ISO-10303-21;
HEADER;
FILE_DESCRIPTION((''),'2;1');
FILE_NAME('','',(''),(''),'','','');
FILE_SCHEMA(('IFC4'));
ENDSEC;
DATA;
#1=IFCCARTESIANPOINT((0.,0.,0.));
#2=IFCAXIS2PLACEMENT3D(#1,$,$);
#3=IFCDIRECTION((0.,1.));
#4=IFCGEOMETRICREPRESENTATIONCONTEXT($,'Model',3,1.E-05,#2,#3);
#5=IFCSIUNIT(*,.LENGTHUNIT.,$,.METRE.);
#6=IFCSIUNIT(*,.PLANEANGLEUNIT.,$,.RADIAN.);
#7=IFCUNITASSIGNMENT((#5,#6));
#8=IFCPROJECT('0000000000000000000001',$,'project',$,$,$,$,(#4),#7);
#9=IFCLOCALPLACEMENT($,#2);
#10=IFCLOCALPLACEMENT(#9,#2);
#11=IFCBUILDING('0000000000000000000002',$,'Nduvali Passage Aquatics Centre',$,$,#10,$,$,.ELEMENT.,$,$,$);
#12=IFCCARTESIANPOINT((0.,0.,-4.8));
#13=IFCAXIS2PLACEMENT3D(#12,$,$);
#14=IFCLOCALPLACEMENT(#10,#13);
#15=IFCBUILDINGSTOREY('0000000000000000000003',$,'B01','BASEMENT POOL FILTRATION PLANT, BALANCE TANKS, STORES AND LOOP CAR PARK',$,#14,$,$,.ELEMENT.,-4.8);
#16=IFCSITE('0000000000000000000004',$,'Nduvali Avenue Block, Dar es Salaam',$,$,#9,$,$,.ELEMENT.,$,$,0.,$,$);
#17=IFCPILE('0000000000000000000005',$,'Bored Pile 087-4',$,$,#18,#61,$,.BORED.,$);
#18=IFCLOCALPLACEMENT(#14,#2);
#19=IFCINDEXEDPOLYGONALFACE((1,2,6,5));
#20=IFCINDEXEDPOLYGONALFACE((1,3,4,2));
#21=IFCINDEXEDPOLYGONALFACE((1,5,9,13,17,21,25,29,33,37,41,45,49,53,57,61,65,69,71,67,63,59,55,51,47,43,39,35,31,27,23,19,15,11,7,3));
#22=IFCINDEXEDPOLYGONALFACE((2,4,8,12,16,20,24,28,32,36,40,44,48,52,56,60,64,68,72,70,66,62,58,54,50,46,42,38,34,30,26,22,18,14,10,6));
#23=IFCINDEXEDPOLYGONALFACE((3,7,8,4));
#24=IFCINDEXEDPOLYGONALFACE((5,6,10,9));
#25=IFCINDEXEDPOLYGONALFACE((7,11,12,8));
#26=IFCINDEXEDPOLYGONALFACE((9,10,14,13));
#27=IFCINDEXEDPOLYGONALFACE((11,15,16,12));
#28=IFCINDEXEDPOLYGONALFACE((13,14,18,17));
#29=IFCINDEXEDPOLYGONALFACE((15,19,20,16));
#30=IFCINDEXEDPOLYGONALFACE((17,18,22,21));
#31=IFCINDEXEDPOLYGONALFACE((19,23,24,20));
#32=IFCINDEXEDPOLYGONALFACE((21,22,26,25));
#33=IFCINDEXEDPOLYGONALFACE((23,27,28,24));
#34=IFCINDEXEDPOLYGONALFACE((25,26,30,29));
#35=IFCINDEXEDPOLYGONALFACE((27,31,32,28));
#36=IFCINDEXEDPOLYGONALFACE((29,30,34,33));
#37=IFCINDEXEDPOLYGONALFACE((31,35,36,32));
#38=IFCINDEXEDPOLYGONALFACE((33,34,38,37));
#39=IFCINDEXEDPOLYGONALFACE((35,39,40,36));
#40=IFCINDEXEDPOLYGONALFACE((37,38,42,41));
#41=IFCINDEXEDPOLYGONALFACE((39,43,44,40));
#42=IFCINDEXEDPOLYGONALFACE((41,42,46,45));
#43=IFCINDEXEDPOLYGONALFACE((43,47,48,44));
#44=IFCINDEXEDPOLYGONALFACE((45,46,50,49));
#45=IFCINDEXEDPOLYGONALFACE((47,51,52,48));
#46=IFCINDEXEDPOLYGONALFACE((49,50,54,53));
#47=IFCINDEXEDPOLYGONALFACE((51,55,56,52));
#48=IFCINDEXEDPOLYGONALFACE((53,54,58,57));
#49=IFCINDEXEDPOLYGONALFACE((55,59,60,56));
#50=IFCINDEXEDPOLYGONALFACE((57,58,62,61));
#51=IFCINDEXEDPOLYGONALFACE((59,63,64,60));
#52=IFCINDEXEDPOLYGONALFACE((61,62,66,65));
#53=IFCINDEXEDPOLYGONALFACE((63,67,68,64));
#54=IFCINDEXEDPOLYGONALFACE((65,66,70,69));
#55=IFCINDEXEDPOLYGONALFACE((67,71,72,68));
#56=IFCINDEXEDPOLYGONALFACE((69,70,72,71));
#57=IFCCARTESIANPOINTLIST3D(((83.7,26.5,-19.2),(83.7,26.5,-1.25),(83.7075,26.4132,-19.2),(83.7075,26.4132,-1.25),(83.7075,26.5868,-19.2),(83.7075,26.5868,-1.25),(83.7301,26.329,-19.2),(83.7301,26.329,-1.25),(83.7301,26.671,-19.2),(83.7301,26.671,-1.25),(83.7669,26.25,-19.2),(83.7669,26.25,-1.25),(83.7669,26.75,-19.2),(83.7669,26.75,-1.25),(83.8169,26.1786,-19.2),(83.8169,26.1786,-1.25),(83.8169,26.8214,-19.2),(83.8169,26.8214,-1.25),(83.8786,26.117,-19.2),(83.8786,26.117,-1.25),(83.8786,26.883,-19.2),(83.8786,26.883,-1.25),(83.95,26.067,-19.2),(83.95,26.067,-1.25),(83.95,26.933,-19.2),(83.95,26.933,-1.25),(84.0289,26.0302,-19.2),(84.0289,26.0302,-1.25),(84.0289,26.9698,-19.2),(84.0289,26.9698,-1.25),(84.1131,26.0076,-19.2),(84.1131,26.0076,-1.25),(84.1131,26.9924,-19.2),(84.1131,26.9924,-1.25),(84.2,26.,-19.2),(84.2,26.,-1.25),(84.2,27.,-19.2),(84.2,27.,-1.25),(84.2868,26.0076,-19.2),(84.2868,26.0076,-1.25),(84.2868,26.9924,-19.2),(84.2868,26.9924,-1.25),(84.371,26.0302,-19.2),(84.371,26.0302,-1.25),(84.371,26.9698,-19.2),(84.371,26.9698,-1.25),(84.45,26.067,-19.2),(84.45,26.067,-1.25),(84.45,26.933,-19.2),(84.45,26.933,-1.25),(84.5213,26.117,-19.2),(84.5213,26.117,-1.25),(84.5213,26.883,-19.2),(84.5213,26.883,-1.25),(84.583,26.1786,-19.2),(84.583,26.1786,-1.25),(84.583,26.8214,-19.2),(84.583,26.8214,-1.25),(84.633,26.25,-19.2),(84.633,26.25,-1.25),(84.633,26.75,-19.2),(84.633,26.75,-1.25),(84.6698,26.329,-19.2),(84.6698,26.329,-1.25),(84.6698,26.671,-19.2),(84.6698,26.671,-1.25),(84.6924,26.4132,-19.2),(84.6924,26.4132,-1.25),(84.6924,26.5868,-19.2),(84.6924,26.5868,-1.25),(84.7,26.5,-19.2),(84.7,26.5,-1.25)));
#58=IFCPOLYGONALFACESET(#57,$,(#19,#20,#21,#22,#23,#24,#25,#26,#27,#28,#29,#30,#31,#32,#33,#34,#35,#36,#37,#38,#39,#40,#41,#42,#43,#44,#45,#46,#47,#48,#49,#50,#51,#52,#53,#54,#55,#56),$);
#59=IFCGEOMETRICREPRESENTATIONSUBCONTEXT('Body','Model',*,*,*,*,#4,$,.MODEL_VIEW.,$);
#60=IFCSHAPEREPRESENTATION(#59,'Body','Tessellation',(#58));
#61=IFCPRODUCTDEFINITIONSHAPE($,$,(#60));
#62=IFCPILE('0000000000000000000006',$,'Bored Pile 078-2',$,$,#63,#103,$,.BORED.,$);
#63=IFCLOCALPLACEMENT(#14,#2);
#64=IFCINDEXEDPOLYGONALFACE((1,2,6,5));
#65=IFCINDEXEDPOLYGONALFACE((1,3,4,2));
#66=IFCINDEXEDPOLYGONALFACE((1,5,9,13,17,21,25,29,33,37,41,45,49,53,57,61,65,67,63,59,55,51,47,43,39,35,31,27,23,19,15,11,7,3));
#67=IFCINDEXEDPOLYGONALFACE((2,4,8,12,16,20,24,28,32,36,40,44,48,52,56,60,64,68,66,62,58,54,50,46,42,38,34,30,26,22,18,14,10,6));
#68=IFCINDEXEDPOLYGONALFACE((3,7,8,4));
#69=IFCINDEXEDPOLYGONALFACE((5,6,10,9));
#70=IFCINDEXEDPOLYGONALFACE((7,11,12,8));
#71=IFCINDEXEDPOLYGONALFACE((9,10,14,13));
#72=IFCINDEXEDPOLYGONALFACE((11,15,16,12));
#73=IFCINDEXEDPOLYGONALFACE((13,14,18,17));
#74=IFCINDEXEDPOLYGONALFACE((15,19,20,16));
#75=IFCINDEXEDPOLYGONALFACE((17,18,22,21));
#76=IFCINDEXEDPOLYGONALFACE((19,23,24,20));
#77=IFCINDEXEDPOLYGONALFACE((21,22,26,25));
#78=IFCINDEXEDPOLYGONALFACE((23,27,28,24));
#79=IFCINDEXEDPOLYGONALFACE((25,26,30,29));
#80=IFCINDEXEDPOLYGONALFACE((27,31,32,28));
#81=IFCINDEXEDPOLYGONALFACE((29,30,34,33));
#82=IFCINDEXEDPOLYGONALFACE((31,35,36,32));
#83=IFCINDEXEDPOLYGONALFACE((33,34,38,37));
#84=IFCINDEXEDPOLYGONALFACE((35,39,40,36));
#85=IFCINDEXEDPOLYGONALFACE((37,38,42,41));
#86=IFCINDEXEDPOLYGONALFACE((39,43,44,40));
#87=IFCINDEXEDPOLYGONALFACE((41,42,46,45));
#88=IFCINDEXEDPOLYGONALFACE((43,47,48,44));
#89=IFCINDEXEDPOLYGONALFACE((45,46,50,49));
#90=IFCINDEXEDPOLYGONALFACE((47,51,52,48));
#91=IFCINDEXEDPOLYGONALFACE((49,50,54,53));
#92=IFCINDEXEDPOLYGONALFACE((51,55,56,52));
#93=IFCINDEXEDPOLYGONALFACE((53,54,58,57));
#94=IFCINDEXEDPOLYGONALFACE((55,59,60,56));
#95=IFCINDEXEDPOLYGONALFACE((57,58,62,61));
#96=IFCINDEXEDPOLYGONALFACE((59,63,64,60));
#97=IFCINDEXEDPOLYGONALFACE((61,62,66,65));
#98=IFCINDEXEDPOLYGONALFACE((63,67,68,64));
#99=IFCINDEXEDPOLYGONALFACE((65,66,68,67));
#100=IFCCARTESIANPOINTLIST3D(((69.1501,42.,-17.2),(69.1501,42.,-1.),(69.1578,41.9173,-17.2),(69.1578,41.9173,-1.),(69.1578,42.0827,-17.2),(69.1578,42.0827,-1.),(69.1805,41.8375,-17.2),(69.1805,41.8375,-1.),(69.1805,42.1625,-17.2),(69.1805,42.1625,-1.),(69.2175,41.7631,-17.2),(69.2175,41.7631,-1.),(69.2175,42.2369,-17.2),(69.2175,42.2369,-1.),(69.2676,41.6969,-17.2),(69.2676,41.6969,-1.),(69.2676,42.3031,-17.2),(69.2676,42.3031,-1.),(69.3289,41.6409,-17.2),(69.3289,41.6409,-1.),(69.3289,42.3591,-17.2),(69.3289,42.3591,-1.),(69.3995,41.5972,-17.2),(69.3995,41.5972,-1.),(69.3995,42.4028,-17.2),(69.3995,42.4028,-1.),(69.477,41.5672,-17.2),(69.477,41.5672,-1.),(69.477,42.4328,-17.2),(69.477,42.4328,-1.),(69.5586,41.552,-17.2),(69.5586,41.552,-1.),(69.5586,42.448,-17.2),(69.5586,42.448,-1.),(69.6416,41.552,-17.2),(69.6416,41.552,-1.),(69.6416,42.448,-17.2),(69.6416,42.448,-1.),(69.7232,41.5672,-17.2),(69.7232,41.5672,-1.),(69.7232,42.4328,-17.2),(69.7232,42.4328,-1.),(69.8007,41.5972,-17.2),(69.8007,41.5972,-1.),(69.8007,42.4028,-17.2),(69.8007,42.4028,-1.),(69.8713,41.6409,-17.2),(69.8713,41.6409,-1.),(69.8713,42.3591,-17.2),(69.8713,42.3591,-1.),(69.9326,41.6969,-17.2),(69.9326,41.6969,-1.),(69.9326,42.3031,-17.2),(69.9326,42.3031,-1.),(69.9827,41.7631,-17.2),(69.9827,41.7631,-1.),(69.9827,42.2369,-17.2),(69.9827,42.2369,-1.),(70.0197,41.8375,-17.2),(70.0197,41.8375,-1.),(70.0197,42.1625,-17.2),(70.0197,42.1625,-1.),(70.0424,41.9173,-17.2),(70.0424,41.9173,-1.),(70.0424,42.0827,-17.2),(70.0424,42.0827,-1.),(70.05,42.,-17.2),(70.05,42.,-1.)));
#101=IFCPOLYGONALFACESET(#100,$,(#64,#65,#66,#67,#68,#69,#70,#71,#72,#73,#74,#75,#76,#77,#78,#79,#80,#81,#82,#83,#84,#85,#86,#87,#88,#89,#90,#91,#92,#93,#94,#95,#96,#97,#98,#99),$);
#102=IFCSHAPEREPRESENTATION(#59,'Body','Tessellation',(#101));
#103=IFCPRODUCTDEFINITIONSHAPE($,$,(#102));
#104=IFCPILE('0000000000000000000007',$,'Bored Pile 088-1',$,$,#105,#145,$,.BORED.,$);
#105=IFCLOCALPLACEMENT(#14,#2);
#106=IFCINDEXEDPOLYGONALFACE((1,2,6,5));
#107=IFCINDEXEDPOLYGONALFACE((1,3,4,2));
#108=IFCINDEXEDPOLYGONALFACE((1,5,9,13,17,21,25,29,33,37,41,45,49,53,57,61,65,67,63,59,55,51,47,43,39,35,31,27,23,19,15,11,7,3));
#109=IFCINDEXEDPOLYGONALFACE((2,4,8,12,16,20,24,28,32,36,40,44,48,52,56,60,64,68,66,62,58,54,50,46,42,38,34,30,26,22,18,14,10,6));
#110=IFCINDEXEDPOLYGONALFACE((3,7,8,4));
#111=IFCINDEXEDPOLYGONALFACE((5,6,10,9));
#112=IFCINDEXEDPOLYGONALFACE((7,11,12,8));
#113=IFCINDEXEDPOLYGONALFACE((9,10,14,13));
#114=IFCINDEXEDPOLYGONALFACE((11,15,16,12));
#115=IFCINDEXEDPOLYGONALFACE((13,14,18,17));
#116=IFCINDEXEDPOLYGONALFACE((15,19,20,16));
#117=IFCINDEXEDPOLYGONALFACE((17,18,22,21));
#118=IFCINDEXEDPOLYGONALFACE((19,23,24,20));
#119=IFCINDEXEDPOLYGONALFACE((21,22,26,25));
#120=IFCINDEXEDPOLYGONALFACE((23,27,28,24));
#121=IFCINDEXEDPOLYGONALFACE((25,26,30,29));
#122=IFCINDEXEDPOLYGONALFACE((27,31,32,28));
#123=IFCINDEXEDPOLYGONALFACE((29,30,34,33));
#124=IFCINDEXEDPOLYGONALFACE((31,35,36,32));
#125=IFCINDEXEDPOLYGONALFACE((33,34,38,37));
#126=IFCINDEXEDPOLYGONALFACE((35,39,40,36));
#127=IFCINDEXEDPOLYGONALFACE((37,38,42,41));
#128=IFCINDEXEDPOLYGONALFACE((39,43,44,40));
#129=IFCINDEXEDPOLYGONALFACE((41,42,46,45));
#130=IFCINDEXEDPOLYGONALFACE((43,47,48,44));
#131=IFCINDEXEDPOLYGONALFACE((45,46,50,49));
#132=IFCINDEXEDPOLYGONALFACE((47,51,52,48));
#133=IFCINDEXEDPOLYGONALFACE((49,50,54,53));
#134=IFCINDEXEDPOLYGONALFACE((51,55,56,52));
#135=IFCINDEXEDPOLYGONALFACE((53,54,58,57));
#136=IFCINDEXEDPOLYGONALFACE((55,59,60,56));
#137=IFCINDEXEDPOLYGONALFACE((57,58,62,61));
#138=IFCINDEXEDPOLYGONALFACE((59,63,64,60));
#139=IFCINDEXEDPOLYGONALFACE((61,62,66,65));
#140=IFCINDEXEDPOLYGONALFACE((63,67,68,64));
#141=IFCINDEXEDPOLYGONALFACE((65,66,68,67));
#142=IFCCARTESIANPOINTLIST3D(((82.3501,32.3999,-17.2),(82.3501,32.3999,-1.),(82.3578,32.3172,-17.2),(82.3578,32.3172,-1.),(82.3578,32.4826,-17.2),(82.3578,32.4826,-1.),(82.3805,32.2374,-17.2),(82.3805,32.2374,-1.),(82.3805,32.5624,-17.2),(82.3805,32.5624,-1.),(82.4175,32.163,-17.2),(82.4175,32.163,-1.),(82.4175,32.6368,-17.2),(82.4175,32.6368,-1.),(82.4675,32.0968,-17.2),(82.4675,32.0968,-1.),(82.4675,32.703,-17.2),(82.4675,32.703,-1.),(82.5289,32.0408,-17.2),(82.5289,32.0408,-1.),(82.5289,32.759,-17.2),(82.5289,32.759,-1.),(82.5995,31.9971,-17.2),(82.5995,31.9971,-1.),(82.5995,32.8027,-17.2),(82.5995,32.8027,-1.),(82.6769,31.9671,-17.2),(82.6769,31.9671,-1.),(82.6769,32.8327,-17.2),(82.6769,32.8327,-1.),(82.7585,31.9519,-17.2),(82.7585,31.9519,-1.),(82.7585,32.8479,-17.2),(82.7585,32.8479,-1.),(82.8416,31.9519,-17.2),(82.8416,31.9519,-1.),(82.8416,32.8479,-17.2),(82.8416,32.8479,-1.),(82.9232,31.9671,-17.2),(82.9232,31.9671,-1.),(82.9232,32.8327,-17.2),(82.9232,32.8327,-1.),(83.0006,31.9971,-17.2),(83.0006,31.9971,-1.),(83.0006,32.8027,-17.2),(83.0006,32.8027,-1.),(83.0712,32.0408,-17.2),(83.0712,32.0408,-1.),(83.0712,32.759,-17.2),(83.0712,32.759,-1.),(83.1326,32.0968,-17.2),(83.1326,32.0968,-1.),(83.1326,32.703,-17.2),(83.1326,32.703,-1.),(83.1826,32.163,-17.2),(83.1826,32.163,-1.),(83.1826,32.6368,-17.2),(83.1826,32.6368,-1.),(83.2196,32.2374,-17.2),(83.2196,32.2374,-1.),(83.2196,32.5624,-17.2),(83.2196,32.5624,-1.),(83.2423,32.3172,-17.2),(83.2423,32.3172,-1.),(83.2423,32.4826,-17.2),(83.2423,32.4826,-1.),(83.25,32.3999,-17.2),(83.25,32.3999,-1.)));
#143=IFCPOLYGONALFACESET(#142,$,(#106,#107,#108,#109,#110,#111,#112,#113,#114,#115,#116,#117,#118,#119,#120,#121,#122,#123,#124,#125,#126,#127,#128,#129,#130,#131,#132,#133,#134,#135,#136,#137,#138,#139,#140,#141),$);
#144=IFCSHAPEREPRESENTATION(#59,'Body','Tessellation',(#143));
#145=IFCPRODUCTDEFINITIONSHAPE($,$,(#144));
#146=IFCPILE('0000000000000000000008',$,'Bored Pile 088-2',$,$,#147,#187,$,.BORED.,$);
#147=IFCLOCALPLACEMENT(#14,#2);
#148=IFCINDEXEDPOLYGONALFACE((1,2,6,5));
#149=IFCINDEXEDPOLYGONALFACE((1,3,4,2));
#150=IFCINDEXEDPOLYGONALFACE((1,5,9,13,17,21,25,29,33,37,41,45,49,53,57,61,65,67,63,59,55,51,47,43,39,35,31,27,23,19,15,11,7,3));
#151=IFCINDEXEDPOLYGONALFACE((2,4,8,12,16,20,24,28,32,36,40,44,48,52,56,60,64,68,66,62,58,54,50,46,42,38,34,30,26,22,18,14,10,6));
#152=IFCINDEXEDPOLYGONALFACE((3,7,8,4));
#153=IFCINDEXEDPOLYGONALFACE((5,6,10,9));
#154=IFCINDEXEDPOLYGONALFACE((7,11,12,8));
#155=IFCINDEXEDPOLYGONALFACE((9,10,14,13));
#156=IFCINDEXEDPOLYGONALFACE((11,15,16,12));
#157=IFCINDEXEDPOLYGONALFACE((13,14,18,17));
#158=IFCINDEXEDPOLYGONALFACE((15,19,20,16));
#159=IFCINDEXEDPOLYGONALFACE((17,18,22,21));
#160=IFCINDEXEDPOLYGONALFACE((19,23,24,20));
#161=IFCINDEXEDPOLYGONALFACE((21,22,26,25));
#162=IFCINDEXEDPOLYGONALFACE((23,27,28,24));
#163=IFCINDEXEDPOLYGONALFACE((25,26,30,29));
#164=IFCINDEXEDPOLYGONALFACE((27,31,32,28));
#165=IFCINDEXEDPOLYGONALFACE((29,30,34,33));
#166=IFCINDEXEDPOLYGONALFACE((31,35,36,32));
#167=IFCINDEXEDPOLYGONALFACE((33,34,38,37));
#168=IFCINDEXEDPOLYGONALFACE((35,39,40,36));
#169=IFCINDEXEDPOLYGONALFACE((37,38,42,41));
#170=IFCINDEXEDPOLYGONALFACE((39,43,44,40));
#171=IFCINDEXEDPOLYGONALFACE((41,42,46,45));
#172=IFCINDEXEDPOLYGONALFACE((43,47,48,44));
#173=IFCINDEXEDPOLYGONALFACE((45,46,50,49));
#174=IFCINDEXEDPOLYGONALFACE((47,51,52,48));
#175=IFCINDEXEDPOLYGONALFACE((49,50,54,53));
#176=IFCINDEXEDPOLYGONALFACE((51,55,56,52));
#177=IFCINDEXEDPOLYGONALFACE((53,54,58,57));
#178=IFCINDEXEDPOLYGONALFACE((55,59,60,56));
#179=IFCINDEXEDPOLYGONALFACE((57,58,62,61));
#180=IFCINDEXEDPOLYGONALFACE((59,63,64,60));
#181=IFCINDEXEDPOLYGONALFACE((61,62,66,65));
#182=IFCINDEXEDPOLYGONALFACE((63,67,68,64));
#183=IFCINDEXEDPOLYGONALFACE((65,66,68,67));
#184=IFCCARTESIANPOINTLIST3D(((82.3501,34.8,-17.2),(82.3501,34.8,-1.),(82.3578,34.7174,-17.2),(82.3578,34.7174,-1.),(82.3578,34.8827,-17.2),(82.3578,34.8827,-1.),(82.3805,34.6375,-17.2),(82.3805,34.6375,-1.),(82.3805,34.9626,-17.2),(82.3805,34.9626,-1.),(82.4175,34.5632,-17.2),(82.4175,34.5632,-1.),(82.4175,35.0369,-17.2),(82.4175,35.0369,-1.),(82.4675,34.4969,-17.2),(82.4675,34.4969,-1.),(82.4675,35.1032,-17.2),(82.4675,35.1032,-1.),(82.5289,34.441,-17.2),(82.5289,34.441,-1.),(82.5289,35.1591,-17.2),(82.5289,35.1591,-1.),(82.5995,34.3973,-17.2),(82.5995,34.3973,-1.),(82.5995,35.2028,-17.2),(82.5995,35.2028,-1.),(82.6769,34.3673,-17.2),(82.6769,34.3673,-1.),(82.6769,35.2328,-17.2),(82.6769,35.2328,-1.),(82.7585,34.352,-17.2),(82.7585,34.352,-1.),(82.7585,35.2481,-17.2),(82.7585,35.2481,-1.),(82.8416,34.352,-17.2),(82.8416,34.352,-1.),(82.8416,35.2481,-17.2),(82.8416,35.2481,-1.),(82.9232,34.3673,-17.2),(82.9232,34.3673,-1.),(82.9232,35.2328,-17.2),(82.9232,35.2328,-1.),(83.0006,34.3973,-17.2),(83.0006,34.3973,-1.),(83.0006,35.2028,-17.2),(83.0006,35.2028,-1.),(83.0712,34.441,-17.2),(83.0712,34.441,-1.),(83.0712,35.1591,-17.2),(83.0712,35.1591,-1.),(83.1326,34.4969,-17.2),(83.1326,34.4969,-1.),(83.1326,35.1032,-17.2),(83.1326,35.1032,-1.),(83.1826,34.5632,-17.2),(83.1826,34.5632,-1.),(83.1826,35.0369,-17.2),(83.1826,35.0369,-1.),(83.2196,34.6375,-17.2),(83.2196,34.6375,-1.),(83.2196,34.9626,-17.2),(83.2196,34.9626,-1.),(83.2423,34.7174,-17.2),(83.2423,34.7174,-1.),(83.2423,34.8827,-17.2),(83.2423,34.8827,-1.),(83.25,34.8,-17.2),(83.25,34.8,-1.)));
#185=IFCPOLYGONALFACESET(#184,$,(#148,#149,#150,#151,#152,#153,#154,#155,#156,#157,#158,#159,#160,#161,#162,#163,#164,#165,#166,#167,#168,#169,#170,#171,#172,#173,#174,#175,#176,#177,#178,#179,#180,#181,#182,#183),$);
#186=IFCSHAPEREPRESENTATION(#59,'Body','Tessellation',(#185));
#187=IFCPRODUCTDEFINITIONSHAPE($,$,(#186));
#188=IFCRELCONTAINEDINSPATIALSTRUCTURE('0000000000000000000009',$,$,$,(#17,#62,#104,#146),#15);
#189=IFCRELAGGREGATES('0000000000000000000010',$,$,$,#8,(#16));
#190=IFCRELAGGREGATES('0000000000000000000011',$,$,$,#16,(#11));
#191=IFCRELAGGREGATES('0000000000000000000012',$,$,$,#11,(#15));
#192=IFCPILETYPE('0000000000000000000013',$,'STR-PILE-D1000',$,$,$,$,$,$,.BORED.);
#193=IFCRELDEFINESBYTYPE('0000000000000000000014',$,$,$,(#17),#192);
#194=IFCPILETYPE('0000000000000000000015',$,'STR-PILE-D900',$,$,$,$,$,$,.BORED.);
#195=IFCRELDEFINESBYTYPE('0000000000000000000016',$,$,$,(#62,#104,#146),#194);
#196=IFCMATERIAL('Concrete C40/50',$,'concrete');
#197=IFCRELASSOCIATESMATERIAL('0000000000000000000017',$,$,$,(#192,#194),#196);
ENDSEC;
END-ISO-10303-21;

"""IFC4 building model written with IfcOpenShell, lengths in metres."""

from ifc_helpers import new_model, si_unit, direction, frame, origin, origin_2d, place, context, subcontext, project, spatial, circle, extrude, material, material_profile, profile_set, type_object, element, save


model = new_model("IFC4")

# Units and contexts
model_context = context("Model", 3, precision=1e-05, world=origin(), true_north=direction((0.0, 1.0)))
body_context = subcontext(model_context, "Body", "Model", "MODEL_VIEW")
ifc_project = project(units=[si_unit("LENGTHUNIT", "METRE"), si_unit("PLANEANGLEUNIT", "RADIAN")], contexts=[model_context])

# Site, building, storey
site_placement = place(None, origin())
site = spatial("IfcSite", under=ifc_project, at=site_placement, Name="Nduvali Avenue Block, Dar es Salaam", CompositionType="ELEMENT", RefElevation=0.0)
building_placement = place(site_placement, origin())
building = spatial("IfcBuilding", under=site, at=building_placement, Name="Nduvali Passage Aquatics Centre", CompositionType="ELEMENT")
storey_placement = place(building_placement, frame((0.0, 0.0, -4.8)))
storey = spatial("IfcBuildingStorey", under=building, at=storey_placement, Name="B01", Description="BASEMENT POOL FILTRATION PLANT, BALANCE TANKS, STORES AND LOOP CAR PARK", CompositionType="ELEMENT", Elevation=-4.8)

# Shared definitions
ifc_material_1 = material(Name="Concrete C40/50", Category="concrete")

# Piles
ifc_material_profile_1 = material_profile(ifc_material_1, circle(Radius=0.5, at=origin_2d()), Name="PILE D1000")
ifc_profile_set_1 = profile_set([ifc_material_profile_1], Name="Concrete C40/50")
pile_type_1 = type_object("IfcPileType", Name="STR-PILE-D1000", PredefinedType="BORED", material=ifc_profile_set_1)
for number, where, z_axis, x_axis, name in (
    (1, (84.2, 26.5, -1.25), (0.0, 0.0, -1.0), (1.0, 0.0, 0.0), "Bored Pile 087-4"),
):
    element("IfcPile", number, at=place(storey_placement, frame(where, z_axis=z_axis, x_axis=x_axis)), inside=storey, type_object=pile_type_1, Name=name, PredefinedType="BORED", context=body_context, shape_type="SweptSolid", body=[
        extrude(circle(Radius=0.5, at=origin_2d()), origin(), (0.0, 0.0, 1.0), 17.95),
    ])
ifc_material_profile_2 = material_profile(ifc_material_1, circle(Radius=0.45, at=origin_2d()), Name="PILE D900")
ifc_profile_set_2 = profile_set([ifc_material_profile_2], Name="Concrete C40/50")
pile_type_2 = type_object("IfcPileType", Name="STR-PILE-D900", PredefinedType="BORED", material=ifc_profile_set_2)
for number, where, z_axis, x_axis, name in (
    (2, (69.6001, 42.0, -1.0), (0.0, 0.0, -1.0), (1.0, 0.0, 0.0), "Bored Pile 078-2"),
    (3, (82.8, 32.3999, -1.0), (0.0, 0.0, -1.0), (1.0, 0.0, 0.0), "Bored Pile 088-1"),
    (4, (82.8, 34.8, -1.0), (0.0, 0.0, -1.0), (1.0, 0.0, 0.0), "Bored Pile 088-2"),
):
    element("IfcPile", number, at=place(storey_placement, frame(where, z_axis=z_axis, x_axis=x_axis)), inside=storey, type_object=pile_type_2, Name=name, PredefinedType="BORED", context=body_context, shape_type="SweptSolid", body=[
        extrude(circle(Radius=0.45, at=origin_2d()), origin(), (0.0, 0.0, 1.0), 16.2),
    ])

save(model, "model.ifc")
